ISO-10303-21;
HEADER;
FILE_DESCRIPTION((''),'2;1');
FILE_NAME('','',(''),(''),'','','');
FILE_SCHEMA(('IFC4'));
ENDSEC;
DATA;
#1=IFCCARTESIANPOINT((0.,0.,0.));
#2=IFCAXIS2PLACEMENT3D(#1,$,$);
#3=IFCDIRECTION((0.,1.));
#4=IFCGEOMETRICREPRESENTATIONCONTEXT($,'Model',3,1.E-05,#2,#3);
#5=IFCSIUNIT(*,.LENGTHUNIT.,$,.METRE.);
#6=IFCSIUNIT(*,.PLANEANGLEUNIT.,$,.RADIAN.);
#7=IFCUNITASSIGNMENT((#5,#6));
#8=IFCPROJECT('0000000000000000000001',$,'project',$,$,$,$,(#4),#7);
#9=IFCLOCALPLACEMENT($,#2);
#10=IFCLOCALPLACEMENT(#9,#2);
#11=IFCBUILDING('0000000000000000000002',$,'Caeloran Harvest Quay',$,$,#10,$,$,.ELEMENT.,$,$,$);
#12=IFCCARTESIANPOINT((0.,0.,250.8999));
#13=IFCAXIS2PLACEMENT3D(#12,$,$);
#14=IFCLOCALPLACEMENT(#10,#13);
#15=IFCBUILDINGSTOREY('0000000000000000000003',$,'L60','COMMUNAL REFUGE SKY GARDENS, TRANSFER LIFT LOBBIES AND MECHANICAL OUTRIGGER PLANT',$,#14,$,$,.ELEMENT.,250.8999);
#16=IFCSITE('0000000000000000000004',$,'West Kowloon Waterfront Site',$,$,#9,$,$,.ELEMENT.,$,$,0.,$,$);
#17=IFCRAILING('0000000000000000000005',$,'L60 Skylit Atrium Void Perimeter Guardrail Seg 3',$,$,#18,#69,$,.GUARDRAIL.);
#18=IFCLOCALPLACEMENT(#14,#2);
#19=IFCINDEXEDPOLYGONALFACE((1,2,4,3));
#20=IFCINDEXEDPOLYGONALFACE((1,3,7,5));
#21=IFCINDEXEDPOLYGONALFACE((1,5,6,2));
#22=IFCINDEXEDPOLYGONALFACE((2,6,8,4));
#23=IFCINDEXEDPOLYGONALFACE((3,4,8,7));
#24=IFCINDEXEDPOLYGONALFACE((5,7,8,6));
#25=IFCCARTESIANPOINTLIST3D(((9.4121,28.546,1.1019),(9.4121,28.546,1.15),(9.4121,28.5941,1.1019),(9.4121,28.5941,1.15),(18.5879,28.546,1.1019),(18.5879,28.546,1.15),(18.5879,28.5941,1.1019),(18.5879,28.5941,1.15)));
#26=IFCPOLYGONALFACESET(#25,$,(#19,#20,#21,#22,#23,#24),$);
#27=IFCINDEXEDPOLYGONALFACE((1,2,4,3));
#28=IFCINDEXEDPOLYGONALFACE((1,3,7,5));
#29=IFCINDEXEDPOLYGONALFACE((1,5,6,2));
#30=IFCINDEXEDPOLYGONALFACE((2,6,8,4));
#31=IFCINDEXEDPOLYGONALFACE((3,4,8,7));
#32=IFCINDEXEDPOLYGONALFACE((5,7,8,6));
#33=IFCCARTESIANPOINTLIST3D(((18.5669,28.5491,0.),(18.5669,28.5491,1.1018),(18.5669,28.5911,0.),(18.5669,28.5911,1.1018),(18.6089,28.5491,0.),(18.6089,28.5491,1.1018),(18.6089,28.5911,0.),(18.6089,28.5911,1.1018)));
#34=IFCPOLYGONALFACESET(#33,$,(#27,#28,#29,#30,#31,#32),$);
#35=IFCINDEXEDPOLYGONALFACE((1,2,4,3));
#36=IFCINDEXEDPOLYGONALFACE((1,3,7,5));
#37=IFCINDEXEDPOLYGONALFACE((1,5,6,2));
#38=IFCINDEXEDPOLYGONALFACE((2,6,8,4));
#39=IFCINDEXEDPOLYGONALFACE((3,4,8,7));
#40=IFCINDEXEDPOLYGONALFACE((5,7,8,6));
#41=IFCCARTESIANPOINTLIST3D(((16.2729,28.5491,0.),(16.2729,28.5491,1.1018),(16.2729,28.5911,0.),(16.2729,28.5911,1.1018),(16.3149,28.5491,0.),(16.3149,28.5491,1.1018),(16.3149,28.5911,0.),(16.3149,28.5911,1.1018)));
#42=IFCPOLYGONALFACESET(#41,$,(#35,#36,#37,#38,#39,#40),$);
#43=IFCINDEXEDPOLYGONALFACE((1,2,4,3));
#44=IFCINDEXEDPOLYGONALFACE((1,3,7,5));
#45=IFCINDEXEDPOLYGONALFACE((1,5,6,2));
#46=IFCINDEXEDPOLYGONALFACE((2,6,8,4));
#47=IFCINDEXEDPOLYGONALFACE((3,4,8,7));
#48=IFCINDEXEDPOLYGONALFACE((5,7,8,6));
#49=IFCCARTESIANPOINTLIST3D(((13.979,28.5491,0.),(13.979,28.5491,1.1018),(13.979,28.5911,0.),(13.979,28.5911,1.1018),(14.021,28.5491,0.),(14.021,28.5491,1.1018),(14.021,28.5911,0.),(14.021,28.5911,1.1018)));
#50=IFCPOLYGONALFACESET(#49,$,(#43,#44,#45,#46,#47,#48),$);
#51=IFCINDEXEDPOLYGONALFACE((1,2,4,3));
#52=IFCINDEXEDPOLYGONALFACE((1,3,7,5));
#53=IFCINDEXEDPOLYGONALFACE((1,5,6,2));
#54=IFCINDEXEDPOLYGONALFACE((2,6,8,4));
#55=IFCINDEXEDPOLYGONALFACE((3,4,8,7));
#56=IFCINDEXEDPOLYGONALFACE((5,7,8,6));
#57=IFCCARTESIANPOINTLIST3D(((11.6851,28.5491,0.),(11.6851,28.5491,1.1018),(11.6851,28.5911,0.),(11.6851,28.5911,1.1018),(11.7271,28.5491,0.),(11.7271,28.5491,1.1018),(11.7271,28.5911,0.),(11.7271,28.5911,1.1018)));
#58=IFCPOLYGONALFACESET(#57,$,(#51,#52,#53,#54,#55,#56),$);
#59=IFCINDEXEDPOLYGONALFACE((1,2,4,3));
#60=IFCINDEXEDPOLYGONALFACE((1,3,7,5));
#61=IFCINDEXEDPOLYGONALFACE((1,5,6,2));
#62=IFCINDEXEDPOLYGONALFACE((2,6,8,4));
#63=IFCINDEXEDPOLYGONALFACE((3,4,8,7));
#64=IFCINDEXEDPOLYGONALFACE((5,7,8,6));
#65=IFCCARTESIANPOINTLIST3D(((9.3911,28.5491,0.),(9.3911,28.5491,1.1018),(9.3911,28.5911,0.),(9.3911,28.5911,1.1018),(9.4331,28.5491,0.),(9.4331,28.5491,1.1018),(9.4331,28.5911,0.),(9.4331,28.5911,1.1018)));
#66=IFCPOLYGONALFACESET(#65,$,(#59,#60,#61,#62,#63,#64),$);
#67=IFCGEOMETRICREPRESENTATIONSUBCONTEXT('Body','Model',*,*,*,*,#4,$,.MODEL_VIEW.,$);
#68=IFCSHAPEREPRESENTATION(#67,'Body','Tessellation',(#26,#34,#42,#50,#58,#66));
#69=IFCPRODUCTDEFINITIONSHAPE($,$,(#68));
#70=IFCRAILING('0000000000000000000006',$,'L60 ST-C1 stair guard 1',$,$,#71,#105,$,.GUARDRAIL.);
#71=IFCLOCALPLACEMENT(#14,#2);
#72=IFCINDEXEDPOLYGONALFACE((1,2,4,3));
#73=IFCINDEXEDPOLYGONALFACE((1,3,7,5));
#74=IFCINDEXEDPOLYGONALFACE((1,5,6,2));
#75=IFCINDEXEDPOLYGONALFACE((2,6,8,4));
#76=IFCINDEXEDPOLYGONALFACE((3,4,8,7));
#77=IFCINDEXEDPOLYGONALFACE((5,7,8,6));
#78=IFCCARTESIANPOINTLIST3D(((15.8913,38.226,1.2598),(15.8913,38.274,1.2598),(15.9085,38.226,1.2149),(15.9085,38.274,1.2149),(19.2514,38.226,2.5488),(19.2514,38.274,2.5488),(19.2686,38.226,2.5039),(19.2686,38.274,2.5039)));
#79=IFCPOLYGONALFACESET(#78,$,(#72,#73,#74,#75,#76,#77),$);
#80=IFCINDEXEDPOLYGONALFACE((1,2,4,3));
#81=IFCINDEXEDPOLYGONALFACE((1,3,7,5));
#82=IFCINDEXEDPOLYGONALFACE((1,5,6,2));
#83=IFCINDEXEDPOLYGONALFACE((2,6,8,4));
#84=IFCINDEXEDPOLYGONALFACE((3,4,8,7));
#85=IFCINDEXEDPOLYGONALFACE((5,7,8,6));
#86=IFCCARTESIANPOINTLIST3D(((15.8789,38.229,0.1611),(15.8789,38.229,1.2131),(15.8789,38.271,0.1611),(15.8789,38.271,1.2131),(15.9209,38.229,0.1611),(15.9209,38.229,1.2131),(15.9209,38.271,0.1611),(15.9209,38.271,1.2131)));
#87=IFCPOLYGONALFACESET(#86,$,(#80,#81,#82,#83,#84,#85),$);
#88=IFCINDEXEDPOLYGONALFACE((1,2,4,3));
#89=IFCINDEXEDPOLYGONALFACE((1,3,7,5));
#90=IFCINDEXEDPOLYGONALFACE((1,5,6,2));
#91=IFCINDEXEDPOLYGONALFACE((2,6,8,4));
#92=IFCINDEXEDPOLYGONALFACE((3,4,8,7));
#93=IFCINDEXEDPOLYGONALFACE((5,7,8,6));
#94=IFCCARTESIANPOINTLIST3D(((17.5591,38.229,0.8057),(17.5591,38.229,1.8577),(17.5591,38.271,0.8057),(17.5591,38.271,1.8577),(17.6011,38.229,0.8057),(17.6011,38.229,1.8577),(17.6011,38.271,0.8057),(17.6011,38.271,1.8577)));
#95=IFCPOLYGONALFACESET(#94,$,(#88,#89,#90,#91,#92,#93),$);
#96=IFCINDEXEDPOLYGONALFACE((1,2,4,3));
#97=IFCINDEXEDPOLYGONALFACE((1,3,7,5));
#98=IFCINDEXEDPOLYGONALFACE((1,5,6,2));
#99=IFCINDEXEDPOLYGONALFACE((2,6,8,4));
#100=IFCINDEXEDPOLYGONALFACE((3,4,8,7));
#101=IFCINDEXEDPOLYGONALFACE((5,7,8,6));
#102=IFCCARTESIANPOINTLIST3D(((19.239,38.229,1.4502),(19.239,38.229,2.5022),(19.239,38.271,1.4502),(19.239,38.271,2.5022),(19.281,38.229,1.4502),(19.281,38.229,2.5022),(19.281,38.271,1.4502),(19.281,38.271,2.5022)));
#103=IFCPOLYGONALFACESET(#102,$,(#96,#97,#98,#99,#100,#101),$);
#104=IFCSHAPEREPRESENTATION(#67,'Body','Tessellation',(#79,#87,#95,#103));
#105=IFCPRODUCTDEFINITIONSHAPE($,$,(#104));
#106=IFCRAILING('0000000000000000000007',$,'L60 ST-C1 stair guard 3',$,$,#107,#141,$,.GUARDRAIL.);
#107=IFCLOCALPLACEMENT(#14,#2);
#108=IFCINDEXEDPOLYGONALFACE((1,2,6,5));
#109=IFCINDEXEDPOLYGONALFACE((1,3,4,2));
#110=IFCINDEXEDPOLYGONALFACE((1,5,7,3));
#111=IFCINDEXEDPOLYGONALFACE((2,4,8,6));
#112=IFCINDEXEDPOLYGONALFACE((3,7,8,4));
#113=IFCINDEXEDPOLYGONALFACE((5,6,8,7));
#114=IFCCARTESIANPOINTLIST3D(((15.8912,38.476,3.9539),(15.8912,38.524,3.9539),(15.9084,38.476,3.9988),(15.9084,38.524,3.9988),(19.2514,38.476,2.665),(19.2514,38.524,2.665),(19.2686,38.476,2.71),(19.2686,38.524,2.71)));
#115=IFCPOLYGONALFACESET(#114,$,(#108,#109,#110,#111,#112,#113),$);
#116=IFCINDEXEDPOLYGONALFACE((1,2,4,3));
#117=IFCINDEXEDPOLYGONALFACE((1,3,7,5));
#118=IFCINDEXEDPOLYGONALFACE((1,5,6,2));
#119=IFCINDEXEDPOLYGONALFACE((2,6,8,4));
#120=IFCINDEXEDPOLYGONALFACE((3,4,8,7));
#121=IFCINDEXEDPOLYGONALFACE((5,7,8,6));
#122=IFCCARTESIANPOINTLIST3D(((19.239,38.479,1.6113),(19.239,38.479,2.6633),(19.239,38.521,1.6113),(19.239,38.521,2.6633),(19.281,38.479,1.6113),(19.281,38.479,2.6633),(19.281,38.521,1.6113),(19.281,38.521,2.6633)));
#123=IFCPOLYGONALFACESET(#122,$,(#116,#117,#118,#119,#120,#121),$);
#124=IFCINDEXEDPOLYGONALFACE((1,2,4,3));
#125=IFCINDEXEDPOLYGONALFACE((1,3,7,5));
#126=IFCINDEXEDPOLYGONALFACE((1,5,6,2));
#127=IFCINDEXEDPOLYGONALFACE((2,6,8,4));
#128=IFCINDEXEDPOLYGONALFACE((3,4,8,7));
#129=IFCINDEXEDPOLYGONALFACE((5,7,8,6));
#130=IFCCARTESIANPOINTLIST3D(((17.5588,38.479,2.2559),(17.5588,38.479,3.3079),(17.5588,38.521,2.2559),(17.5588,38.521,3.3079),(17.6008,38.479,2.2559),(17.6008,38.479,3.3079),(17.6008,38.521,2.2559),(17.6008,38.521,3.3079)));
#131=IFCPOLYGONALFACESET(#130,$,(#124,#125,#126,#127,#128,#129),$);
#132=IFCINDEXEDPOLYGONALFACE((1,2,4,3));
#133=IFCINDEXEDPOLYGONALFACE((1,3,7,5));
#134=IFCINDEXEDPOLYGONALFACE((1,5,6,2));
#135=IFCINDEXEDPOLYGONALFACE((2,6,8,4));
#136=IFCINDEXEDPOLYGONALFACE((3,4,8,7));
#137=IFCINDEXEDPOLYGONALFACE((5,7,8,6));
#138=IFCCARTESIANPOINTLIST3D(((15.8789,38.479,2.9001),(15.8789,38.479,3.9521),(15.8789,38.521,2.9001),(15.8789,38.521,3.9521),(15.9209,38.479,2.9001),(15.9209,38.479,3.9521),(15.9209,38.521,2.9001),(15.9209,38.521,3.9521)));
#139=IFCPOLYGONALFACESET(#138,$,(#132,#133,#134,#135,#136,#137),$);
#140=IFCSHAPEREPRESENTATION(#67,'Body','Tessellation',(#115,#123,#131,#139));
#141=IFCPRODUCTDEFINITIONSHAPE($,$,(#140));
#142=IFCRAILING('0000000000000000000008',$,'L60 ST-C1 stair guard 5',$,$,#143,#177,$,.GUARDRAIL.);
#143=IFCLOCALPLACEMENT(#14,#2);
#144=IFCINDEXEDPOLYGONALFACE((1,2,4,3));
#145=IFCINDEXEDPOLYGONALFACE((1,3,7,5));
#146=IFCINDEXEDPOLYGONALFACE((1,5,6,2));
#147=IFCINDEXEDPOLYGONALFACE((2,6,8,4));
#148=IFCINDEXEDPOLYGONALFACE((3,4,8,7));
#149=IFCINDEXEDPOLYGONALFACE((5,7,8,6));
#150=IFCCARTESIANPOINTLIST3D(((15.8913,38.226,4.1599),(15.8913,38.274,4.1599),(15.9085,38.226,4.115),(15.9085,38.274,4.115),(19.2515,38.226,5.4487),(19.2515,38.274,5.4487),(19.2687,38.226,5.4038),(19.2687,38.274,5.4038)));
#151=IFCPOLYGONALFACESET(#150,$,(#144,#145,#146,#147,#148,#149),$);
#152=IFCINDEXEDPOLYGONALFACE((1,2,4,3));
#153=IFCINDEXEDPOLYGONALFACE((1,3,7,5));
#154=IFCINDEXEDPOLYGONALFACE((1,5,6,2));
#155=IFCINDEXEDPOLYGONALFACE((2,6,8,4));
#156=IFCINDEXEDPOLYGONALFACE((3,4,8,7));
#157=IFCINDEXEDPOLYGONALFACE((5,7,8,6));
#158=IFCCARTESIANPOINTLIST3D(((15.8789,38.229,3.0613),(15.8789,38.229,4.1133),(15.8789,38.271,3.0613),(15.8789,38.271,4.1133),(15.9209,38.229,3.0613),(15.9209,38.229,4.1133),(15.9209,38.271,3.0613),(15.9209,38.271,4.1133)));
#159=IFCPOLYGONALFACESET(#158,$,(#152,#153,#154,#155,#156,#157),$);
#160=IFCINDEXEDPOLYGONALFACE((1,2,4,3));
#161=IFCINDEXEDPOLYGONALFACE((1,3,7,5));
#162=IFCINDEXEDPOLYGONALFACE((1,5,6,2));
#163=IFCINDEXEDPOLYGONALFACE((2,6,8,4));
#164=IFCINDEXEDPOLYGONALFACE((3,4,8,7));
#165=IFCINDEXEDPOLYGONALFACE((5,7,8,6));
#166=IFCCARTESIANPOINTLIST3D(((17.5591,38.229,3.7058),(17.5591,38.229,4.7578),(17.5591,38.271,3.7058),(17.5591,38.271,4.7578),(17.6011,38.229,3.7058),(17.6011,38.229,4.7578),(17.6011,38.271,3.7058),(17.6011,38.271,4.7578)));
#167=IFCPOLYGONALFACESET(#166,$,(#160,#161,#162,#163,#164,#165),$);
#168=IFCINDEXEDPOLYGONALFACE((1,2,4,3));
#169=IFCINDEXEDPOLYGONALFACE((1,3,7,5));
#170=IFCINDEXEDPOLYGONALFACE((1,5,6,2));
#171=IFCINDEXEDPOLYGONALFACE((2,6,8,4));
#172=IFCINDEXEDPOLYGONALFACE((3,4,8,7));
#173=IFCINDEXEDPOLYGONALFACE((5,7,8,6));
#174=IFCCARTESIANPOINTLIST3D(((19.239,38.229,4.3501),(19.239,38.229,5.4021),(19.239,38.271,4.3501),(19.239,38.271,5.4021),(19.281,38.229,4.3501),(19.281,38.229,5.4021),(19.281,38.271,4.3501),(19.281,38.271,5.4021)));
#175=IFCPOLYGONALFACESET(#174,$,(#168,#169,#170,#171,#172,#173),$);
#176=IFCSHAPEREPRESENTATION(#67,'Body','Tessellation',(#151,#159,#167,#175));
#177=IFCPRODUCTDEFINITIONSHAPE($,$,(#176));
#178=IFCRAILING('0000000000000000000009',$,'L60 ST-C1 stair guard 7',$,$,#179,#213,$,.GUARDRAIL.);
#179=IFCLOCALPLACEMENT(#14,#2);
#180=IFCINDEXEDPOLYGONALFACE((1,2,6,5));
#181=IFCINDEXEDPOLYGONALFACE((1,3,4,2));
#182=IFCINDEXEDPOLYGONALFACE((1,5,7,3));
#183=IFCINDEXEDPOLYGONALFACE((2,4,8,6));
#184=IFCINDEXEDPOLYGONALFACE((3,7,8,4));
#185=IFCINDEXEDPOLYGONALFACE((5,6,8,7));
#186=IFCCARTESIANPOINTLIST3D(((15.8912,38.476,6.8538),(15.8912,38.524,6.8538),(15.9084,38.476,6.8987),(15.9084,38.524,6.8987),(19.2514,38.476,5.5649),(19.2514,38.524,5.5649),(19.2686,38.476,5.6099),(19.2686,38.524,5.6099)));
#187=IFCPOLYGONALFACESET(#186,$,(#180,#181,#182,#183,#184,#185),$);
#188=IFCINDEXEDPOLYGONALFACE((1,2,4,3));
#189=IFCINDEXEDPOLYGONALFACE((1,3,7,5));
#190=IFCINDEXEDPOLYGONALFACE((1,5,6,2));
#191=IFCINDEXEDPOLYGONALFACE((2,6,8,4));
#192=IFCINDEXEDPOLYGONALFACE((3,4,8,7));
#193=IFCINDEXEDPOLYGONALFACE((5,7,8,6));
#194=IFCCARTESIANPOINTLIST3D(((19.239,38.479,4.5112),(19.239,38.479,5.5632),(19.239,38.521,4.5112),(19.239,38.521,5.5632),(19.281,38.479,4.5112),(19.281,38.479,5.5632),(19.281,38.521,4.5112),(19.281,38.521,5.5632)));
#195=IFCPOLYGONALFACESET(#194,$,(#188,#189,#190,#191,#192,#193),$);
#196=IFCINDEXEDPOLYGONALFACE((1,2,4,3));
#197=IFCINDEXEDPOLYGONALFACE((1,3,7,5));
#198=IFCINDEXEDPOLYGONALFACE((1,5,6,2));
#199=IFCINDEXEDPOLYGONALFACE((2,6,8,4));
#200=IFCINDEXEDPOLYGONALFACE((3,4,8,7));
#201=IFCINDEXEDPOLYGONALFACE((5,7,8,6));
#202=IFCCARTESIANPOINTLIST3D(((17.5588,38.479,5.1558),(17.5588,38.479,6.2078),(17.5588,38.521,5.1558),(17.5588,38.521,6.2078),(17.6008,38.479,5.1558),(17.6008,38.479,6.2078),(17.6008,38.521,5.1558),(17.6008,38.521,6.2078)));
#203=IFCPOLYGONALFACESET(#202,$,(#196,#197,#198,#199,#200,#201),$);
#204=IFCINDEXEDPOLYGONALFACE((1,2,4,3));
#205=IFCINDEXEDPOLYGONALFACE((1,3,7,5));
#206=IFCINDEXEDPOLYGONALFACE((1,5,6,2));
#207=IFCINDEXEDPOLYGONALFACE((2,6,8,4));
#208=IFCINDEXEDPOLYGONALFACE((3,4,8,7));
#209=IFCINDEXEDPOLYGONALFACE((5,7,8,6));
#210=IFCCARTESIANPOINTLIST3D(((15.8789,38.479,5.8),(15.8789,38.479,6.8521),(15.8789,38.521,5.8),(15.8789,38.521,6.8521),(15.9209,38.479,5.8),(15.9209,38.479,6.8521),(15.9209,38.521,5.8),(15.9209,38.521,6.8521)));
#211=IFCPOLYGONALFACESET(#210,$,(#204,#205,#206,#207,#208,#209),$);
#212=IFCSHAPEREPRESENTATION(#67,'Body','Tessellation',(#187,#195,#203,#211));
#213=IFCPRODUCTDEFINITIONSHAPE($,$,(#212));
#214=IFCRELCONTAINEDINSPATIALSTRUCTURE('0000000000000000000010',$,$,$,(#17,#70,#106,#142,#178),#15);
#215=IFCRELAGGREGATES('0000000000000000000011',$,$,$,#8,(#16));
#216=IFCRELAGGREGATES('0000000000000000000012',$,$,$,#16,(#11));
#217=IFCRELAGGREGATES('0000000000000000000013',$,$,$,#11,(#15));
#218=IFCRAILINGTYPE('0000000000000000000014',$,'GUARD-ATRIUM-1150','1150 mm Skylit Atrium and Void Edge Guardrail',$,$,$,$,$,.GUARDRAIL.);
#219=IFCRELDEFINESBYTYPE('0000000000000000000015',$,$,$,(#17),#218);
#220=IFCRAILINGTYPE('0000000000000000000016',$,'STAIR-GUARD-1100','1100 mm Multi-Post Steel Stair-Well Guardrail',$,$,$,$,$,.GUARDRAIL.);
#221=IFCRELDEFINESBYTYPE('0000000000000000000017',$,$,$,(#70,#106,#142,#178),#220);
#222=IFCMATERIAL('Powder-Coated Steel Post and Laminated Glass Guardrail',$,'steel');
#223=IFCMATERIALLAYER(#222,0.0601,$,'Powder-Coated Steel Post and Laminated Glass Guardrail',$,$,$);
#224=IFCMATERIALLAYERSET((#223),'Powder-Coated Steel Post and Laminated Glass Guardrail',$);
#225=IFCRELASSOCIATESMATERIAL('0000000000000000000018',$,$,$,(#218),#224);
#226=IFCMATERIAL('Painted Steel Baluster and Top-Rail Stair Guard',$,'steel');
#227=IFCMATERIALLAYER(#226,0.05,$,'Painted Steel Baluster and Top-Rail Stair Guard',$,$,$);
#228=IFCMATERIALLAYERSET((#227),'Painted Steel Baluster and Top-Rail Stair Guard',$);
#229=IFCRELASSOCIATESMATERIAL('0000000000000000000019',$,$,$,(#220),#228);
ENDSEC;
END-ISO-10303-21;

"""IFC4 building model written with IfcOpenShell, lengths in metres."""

from ifc_helpers import new_model, si_unit, direction, frame, origin, origin_2d, place, context, subcontext, project, spatial, rectangle, extrude, material, layer, layer_set, type_object, element, save


model = new_model("IFC4")

# Units and contexts
model_context = context("Model", 3, precision=1e-05, world=origin(), true_north=direction((0.0, 1.0)))
body_context = subcontext(model_context, "Body", "Model", "MODEL_VIEW")
ifc_project = project(units=[si_unit("LENGTHUNIT", "METRE"), si_unit("PLANEANGLEUNIT", "RADIAN")], contexts=[model_context])

# Site, building, storey
site_placement = place(None, origin())
site = spatial("IfcSite", under=ifc_project, at=site_placement, Name="West Kowloon Waterfront Site", CompositionType="ELEMENT", RefElevation=0.0)
building_placement = place(site_placement, origin())
building = spatial("IfcBuilding", under=site, at=building_placement, Name="Caeloran Harvest Quay", CompositionType="ELEMENT")
storey_placement = place(building_placement, frame((0.0, 0.0, 250.8999)))
storey = spatial("IfcBuildingStorey", under=building, at=storey_placement, Name="L60", Description="COMMUNAL REFUGE SKY GARDENS, TRANSFER LIFT LOBBIES AND MECHANICAL OUTRIGGER PLANT", CompositionType="ELEMENT", Elevation=250.8999)

# Railings
ifc_material_1 = material(Name="Powder-Coated Steel Post and Laminated Glass Guardrail", Category="steel")
ifc_layer_1 = layer(ifc_material_1, 0.0601, Name="Powder-Coated Steel Post and Laminated Glass Guardrail")
ifc_layer_set_1 = layer_set([ifc_layer_1], Name="Powder-Coated Steel Post and Laminated Glass Guardrail")
railing_type_1 = type_object("IfcRailingType", Name="GUARD-ATRIUM-1150", Description="1150 mm Skylit Atrium and Void Edge Guardrail", PredefinedType="GUARDRAIL", material=ifc_layer_set_1)
railing_1_placement = place(storey_placement, frame((18.5879, 28.5701, 0.0)))
element("IfcRailing", 1, at=railing_1_placement, inside=storey, type_object=railing_type_1, Name="L60 Skylit Atrium Void Perimeter Guardrail Seg 3", PredefinedType="GUARDRAIL", context=body_context, shape_type="SweptSolid", body=[
    extrude(rectangle(XDim=0.0481, YDim=0.0481, at=origin_2d()), frame((0.0, 0.0, 1.126), z_axis=(-1.0, 0.0, 0.0), x_axis=(0.0, -1.0, 0.0)), (0.0, 0.0, 1.0), 9.1758),
    extrude(rectangle(XDim=0.042, YDim=0.042, at=origin_2d()), origin(), (0.0, 0.0, 1.0), 1.1018),
    extrude(rectangle(XDim=0.042, YDim=0.042, at=origin_2d()), frame((-2.2939, 0.0, 0.0)), (0.0, 0.0, 1.0), 1.1018),
    extrude(rectangle(XDim=0.042, YDim=0.042, at=origin_2d()), frame((-4.5879, 0.0, 0.0)), (0.0, 0.0, 1.0), 1.1018),
    extrude(rectangle(XDim=0.042, YDim=0.042, at=origin_2d()), frame((-6.8818, 0.0, 0.0)), (0.0, 0.0, 1.0), 1.1018),
    extrude(rectangle(XDim=0.042, YDim=0.042, at=origin_2d()), frame((-9.1758, 0.0, 0.0)), (0.0, 0.0, 1.0), 1.1018),
])
ifc_material_2 = material(Name="Painted Steel Baluster and Top-Rail Stair Guard", Category="steel")
ifc_layer_2 = layer(ifc_material_2, 0.05, Name="Painted Steel Baluster and Top-Rail Stair Guard")
ifc_layer_set_2 = layer_set([ifc_layer_2], Name="Painted Steel Baluster and Top-Rail Stair Guard")
railing_type_2 = type_object("IfcRailingType", Name="STAIR-GUARD-1100", Description="1100 mm Multi-Post Steel Stair-Well Guardrail", PredefinedType="GUARDRAIL", material=ifc_layer_set_2)
railing_2_placement = place(storey_placement, frame((15.8999, 38.25, 0.1611)))
element("IfcRailing", 2, at=railing_2_placement, inside=storey, type_object=railing_type_2, Name="L60 ST-C1 stair guard 1", PredefinedType="GUARDRAIL", context=body_context, shape_type="SweptSolid", body=[
    extrude(rectangle(XDim=0.0481, YDim=0.0481, at=origin_2d()), frame((0.0, 0.0, 1.0762), z_axis=(0.933651, 0.0, 0.358183), x_axis=(0.0, 1.0, 0.0)), (0.0, 0.0, 1.0), 3.5989),
    extrude(rectangle(XDim=0.042, YDim=0.042, at=origin_2d()), origin(), (0.0, 0.0, 1.0), 1.052),
    extrude(rectangle(XDim=0.042, YDim=0.042, at=origin_2d()), frame((1.6802, 0.0, 0.6445)), (0.0, 0.0, 1.0), 1.052),
    extrude(rectangle(XDim=0.042, YDim=0.042, at=origin_2d()), frame((3.3601, 0.0, 1.2891)), (0.0, 0.0, 1.0), 1.052),
])
railing_3_placement = place(storey_placement, frame((19.26, 38.5, 1.6113)))
element("IfcRailing", 3, at=railing_3_placement, inside=storey, type_object=railing_type_2, Name="L60 ST-C1 stair guard 3", PredefinedType="GUARDRAIL", context=body_context, shape_type="SweptSolid", body=[
    extrude(rectangle(XDim=0.0481, YDim=0.0481, at=origin_2d()), frame((0.0, 0.0, 1.0762), z_axis=(-0.933674, 0.0, 0.358124), x_axis=(0.0, -1.0, 0.0)), (0.0, 0.0, 1.0), 3.5989),
    extrude(rectangle(XDim=0.042, YDim=0.042, at=origin_2d()), origin(), (0.0, 0.0, 1.0), 1.052),
    extrude(rectangle(XDim=0.042, YDim=0.042, at=origin_2d()), frame((-1.6802, 0.0, 0.6445)), (0.0, 0.0, 1.0), 1.052),
    extrude(rectangle(XDim=0.042, YDim=0.042, at=origin_2d()), frame((-3.3601, 0.0, 1.2888)), (0.0, 0.0, 1.0), 1.052),
])
railing_4_placement = place(storey_placement, frame((15.8999, 38.25, 3.0613)))
element("IfcRailing", 4, at=railing_4_placement, inside=storey, type_object=railing_type_2, Name="L60 ST-C1 stair guard 5", PredefinedType="GUARDRAIL", context=body_context, shape_type="SweptSolid", body=[
    extrude(rectangle(XDim=0.0481, YDim=0.0481, at=origin_2d()), frame((0.0, 0.0, 1.0762), z_axis=(0.933674, 0.0, 0.358124), x_axis=(0.0, 1.0, 0.0)), (0.0, 0.0, 1.0), 3.5989),
    extrude(rectangle(XDim=0.042, YDim=0.042, at=origin_2d()), origin(), (0.0, 0.0, 1.0), 1.052),
    extrude(rectangle(XDim=0.042, YDim=0.042, at=origin_2d()), frame((1.6802, 0.0, 0.6445)), (0.0, 0.0, 1.0), 1.052),
    extrude(rectangle(XDim=0.042, YDim=0.042, at=origin_2d()), frame((3.3601, 0.0, 1.2888)), (0.0, 0.0, 1.0), 1.052),
])
railing_5_placement = place(storey_placement, frame((19.26, 38.5, 4.5112)))
element("IfcRailing", 5, at=railing_5_placement, inside=storey, type_object=railing_type_2, Name="L60 ST-C1 stair guard 7", PredefinedType="GUARDRAIL", context=body_context, shape_type="SweptSolid", body=[
    extrude(rectangle(XDim=0.0481, YDim=0.0481, at=origin_2d()), frame((0.0, 0.0, 1.0762), z_axis=(-0.933674, 0.0, 0.358124), x_axis=(0.0, -1.0, 0.0)), (0.0, 0.0, 1.0), 3.5989),
    extrude(rectangle(XDim=0.042, YDim=0.042, at=origin_2d()), origin(), (0.0, 0.0, 1.0), 1.052),
    extrude(rectangle(XDim=0.042, YDim=0.042, at=origin_2d()), frame((-1.6802, 0.0, 0.6445)), (0.0, 0.0, 1.0), 1.052),
    extrude(rectangle(XDim=0.042, YDim=0.042, at=origin_2d()), frame((-3.3601, 0.0, 1.2888)), (0.0, 0.0, 1.0), 1.052),
])

save(model, "model.ifc")
